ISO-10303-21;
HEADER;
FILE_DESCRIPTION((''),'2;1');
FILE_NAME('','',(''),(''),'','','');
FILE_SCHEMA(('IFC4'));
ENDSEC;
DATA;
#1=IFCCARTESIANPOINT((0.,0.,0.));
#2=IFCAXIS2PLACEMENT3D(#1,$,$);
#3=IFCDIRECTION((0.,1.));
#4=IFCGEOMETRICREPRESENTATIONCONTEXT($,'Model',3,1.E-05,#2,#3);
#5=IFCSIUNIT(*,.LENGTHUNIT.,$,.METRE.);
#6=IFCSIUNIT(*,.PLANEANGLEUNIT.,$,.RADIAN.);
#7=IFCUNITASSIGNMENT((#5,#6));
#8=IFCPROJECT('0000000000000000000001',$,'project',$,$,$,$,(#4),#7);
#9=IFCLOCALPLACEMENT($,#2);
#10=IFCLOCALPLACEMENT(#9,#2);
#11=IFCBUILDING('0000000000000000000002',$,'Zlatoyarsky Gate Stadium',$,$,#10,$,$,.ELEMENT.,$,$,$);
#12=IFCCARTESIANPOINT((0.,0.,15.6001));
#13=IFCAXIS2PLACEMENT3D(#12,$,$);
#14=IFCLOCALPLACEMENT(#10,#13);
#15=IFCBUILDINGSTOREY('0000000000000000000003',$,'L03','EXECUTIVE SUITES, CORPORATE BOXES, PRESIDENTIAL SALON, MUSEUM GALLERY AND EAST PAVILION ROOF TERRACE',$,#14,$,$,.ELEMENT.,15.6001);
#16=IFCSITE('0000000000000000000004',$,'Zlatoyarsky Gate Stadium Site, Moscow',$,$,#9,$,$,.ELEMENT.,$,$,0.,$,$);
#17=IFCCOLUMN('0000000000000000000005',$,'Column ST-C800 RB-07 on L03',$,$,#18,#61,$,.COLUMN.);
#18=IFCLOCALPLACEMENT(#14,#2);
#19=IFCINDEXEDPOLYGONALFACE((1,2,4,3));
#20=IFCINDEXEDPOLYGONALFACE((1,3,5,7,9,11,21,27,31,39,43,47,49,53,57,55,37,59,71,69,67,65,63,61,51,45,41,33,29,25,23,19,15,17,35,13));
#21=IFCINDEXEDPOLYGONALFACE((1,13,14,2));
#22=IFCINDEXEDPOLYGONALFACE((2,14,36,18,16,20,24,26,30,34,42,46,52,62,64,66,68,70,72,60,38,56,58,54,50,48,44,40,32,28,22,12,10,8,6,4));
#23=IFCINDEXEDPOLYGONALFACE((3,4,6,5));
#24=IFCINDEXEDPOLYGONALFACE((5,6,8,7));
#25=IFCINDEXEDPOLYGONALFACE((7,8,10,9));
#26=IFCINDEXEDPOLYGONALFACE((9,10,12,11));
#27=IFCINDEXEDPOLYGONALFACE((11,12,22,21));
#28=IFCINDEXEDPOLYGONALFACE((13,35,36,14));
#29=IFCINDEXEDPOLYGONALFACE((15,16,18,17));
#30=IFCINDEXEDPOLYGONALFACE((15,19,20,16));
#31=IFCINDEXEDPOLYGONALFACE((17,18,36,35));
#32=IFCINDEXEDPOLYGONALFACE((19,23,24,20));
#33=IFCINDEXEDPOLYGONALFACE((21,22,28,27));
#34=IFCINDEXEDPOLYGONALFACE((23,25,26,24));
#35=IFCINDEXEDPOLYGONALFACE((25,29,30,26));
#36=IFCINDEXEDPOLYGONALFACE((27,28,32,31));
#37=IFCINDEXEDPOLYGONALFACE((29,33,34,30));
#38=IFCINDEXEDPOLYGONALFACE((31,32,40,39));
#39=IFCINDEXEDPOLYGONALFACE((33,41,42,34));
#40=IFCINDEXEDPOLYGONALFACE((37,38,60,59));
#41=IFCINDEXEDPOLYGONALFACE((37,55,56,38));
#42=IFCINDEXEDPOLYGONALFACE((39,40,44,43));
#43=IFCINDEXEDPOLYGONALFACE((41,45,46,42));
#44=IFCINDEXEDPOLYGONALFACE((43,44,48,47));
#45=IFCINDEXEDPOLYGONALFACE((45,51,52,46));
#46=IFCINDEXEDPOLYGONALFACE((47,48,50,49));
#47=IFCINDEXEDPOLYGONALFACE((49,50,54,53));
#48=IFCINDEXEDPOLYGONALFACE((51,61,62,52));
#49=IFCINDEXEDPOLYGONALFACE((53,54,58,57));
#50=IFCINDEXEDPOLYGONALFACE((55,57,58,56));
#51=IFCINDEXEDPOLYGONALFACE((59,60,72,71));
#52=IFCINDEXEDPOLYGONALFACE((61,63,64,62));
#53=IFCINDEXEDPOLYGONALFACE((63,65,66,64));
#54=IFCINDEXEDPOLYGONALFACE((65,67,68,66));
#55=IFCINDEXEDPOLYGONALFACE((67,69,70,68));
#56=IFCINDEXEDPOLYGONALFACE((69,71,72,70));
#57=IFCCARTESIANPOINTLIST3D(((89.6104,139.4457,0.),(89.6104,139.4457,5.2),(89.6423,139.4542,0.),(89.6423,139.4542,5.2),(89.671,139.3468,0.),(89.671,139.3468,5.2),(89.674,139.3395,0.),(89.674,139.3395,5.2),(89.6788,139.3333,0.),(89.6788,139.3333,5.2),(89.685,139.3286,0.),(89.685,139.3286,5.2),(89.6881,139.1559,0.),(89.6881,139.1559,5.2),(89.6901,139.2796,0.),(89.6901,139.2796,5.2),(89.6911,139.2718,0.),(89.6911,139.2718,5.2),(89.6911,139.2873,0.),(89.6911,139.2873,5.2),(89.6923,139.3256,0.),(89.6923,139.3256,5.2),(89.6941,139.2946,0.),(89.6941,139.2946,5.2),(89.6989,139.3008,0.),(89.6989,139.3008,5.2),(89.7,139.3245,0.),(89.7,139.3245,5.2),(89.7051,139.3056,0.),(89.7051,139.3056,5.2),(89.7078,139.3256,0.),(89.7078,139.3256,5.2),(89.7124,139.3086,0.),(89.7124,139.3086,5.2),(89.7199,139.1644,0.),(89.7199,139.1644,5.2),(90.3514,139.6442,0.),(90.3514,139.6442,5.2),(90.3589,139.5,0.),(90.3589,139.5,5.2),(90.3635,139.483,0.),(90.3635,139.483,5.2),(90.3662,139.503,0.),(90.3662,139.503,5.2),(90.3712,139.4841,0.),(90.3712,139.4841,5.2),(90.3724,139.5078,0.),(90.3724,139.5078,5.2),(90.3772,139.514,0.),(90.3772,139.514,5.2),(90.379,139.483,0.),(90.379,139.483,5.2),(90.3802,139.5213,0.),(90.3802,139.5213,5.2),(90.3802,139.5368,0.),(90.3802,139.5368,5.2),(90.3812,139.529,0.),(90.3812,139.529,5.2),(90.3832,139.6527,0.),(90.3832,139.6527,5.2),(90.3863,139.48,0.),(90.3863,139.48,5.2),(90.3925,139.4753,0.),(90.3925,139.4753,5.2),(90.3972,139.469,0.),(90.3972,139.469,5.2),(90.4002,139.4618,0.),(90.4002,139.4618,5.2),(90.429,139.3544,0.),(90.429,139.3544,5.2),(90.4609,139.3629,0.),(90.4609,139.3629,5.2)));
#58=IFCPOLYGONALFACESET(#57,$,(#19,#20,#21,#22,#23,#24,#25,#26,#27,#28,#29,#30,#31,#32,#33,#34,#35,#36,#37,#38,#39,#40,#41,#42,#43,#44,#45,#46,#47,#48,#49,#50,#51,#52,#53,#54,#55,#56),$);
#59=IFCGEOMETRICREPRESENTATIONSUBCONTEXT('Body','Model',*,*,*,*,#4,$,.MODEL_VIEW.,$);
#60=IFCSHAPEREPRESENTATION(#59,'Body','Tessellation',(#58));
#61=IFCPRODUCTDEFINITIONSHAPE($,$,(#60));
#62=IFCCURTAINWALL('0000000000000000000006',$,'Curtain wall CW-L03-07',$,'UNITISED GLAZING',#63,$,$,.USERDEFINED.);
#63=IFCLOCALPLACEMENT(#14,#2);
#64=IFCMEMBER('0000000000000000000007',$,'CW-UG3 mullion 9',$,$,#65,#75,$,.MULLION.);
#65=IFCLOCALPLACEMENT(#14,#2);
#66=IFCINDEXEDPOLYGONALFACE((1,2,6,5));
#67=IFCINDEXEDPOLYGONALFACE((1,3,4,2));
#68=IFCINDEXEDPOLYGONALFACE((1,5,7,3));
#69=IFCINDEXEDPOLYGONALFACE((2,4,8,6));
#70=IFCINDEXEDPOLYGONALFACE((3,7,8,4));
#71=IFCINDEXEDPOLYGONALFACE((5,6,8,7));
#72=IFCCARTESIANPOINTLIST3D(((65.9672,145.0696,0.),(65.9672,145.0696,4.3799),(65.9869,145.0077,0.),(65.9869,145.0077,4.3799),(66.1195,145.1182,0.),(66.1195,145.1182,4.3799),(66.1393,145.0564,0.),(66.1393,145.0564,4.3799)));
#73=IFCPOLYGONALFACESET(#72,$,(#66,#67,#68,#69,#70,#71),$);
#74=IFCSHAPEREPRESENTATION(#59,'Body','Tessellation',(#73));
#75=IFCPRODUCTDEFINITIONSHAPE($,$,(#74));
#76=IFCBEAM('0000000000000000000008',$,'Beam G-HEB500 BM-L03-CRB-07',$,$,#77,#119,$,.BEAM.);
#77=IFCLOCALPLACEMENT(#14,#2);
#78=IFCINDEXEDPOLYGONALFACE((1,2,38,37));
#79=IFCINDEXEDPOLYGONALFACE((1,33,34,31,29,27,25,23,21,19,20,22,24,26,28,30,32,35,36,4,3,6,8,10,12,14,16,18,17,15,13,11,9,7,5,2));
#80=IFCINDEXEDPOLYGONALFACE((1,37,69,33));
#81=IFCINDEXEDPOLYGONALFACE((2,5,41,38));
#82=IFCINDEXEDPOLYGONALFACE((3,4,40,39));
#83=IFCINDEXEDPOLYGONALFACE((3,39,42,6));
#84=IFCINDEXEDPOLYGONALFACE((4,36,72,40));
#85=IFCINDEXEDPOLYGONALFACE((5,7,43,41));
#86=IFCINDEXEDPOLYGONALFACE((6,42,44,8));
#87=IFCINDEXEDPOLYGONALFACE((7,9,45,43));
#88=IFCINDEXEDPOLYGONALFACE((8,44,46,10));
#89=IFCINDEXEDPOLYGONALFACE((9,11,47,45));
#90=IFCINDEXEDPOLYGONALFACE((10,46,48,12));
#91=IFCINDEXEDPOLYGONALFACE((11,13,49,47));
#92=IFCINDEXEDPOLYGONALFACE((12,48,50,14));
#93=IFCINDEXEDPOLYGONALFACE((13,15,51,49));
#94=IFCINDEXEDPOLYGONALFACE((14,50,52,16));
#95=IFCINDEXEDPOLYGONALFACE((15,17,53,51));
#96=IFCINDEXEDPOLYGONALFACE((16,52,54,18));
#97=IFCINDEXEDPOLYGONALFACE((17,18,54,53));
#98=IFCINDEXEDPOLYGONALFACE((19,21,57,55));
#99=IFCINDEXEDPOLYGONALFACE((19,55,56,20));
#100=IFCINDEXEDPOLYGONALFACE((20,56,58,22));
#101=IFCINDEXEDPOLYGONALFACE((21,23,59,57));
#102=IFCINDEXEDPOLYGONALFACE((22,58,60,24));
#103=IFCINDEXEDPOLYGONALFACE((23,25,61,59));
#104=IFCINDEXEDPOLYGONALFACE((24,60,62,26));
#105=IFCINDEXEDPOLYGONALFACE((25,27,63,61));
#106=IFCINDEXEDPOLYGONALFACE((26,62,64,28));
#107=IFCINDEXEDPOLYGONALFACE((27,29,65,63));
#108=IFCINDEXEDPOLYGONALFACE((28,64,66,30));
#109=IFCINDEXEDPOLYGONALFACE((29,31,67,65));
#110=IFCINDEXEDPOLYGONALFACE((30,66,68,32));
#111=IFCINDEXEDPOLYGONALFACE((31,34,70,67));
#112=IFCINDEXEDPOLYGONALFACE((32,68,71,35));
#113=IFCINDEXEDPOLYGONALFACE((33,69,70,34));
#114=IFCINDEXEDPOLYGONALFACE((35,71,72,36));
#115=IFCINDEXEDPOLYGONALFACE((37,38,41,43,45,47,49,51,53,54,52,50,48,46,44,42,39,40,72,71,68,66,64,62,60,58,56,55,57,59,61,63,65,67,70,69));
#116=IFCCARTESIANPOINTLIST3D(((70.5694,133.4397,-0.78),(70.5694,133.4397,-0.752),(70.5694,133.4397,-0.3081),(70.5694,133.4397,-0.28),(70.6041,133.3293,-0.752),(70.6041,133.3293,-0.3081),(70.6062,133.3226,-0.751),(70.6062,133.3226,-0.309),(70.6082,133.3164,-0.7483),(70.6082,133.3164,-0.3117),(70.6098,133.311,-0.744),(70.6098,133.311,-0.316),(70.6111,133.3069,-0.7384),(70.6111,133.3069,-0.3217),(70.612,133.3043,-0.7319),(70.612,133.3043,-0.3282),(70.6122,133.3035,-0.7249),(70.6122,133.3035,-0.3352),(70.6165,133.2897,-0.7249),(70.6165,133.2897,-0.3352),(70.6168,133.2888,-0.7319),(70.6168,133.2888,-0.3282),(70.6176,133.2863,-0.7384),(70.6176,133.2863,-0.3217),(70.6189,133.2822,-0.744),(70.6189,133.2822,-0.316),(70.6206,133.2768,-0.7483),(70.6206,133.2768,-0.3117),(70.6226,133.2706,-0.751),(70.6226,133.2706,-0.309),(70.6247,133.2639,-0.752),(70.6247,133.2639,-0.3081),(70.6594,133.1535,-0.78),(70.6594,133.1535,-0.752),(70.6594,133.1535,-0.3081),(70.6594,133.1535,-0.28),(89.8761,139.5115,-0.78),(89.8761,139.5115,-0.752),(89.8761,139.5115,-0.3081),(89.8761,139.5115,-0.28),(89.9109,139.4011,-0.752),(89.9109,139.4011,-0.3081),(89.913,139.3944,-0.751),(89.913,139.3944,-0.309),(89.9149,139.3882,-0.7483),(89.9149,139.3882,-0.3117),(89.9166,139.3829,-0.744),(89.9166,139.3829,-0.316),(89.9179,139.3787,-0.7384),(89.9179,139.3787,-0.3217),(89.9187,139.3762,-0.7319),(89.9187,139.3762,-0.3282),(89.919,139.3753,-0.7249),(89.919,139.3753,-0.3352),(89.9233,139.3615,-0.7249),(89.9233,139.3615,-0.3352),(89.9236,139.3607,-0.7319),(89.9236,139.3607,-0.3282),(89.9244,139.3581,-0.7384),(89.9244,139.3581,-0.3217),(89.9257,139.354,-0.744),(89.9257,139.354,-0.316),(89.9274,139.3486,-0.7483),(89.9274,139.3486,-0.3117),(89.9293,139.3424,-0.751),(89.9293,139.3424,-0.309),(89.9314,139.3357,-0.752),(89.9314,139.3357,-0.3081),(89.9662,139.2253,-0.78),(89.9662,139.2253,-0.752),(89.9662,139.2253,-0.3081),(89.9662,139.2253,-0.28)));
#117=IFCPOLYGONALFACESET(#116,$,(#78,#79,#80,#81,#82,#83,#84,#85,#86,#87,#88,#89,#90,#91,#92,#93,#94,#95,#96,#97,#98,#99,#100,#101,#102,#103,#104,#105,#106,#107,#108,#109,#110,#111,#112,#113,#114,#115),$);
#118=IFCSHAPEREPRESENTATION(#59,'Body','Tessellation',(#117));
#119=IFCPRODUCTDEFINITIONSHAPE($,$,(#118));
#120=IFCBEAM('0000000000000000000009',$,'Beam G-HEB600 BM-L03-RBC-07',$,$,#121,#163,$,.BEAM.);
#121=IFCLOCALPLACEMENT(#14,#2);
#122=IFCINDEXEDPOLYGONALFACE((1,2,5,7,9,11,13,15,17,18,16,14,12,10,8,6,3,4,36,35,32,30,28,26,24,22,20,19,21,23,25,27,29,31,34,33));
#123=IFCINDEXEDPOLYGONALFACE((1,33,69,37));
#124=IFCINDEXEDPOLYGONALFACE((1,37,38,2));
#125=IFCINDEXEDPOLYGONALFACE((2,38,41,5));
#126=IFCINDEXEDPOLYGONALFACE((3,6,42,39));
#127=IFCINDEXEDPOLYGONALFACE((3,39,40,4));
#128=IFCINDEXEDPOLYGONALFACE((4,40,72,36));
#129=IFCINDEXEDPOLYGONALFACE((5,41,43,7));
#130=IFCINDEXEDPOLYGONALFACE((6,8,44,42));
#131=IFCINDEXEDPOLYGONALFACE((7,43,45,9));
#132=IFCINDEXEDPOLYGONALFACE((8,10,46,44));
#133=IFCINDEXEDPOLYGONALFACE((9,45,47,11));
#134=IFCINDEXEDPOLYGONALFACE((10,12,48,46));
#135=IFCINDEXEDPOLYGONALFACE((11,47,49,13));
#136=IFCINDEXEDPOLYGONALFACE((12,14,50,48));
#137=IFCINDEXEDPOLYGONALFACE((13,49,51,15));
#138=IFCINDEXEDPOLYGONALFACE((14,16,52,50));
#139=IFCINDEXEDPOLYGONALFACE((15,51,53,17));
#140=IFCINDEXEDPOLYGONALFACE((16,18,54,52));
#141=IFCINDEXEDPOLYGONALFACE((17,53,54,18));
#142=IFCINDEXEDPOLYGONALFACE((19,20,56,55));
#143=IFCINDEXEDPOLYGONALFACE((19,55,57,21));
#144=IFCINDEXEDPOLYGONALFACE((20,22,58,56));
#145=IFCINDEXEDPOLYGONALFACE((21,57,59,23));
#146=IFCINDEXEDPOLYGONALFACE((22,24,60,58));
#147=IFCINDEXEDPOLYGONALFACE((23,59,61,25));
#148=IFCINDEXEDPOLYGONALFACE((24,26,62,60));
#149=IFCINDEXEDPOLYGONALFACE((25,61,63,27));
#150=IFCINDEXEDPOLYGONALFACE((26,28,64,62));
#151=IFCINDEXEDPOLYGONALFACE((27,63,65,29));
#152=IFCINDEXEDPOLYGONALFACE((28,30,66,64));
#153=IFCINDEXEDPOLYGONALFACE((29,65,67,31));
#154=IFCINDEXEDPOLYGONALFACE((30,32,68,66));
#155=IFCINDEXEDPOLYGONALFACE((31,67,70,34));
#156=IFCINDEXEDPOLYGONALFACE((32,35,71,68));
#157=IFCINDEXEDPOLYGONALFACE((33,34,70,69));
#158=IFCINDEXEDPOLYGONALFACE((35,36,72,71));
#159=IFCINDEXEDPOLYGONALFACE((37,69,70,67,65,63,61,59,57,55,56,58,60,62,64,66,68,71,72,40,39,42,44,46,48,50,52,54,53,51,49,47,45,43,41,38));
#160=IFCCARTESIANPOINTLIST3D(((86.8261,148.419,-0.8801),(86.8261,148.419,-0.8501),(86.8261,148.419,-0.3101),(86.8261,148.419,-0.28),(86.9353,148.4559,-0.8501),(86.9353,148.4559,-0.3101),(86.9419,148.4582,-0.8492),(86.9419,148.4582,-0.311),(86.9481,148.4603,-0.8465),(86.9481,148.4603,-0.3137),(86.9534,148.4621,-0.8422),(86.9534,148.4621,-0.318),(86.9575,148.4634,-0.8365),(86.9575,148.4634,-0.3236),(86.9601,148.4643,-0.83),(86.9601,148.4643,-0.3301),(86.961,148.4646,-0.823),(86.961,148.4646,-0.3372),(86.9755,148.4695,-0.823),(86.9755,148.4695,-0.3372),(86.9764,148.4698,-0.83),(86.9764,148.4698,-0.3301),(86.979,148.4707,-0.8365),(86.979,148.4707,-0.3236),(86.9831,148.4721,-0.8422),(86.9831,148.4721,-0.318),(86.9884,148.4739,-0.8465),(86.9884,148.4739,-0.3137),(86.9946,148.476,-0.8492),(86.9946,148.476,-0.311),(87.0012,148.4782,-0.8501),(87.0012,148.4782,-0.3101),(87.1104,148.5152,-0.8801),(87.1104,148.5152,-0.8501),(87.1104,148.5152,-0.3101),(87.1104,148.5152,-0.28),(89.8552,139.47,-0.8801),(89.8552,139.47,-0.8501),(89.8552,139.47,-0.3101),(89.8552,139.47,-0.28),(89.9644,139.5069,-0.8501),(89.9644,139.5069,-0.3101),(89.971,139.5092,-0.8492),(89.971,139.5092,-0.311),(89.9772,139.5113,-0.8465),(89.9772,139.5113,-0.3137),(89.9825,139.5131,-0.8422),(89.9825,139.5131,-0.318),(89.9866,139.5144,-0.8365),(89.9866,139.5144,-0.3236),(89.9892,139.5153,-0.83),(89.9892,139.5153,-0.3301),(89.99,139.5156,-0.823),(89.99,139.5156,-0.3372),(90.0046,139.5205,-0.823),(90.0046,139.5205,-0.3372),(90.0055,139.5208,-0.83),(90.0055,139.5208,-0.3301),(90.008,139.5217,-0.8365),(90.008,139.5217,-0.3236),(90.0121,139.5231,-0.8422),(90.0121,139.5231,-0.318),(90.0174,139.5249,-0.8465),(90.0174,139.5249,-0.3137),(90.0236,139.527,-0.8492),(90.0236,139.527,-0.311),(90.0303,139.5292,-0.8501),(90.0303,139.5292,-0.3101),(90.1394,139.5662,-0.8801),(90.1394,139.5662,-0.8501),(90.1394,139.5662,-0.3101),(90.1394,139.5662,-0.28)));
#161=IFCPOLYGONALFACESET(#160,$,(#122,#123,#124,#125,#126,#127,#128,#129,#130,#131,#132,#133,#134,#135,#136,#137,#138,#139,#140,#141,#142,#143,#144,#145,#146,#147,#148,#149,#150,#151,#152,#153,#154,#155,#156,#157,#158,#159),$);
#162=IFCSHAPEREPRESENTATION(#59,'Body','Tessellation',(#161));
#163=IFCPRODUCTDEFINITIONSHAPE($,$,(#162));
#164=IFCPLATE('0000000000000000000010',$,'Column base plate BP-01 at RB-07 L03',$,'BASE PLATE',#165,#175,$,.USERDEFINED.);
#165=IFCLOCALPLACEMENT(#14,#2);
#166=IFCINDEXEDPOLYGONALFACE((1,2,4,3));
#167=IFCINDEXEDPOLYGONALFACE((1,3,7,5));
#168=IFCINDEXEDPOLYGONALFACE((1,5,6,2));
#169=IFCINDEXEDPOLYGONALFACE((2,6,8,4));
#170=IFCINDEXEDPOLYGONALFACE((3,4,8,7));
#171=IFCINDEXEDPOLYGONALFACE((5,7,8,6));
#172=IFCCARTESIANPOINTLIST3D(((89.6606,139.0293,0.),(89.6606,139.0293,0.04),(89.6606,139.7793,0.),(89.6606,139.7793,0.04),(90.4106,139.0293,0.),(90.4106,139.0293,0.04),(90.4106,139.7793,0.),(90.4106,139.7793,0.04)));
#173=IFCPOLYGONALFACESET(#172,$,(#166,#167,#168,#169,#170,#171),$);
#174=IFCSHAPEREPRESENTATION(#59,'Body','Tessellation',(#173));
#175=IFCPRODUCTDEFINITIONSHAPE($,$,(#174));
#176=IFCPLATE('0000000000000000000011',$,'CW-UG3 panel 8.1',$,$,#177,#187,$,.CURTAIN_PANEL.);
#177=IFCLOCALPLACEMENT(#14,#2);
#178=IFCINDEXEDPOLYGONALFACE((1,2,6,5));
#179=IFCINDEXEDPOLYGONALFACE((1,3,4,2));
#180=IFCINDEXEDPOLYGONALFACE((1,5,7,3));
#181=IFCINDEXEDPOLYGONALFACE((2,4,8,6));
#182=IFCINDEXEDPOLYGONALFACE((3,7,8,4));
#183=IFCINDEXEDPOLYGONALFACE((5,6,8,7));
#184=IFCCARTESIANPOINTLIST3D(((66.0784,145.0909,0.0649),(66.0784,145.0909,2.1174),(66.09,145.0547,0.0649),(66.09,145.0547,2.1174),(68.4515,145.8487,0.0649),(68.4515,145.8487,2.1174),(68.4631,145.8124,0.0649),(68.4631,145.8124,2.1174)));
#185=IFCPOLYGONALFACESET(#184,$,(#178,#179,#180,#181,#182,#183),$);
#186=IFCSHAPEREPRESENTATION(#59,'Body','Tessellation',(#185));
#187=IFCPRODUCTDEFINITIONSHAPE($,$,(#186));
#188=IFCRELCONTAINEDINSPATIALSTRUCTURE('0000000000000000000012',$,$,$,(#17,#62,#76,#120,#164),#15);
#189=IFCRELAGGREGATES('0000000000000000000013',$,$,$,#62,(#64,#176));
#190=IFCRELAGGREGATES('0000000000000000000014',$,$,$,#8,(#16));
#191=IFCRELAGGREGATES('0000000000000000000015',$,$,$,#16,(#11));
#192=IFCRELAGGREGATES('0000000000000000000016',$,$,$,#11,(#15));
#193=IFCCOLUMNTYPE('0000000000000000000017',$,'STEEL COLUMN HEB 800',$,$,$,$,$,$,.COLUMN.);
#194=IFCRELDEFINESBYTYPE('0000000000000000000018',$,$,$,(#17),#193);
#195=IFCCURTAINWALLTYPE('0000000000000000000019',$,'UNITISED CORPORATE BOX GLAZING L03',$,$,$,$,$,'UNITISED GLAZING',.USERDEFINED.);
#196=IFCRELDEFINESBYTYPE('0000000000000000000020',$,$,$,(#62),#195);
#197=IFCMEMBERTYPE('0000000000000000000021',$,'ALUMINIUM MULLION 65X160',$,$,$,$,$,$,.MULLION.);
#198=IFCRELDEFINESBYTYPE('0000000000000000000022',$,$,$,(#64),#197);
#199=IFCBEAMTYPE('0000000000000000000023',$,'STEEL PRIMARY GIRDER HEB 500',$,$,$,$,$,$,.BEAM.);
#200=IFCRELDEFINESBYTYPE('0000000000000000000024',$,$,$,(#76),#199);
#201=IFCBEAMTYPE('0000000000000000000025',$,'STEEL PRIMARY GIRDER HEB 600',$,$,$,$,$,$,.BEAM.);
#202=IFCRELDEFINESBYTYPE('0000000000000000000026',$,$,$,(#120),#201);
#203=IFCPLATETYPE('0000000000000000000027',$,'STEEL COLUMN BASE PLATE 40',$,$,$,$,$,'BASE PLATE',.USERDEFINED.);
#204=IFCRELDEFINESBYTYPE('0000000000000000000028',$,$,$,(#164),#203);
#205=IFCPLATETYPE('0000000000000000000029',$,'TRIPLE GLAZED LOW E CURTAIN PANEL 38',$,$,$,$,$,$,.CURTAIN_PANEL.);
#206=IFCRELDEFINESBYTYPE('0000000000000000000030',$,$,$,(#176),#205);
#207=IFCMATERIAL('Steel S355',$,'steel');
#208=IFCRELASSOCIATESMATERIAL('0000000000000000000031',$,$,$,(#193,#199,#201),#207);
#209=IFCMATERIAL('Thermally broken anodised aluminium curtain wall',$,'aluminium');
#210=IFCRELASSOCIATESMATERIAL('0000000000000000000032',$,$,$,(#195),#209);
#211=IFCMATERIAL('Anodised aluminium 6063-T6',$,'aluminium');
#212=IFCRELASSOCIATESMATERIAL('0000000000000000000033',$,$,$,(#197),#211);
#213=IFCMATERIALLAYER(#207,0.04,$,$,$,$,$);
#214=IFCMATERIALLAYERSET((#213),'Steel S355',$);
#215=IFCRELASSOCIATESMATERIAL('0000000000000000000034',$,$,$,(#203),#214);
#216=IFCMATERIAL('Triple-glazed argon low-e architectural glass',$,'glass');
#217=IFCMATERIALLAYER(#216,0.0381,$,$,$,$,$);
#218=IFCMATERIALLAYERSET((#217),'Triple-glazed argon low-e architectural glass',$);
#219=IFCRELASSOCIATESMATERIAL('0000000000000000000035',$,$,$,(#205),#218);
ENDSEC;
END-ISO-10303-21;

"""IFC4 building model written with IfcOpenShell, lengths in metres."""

from ifc_helpers import new_model, si_unit, direction, frame, origin, origin_2d, place, context, subcontext, project, spatial, rectangle, i_section, extrude, material, layer, layer_set, material_profile, profile_set, type_object, element, aggregate, save


model = new_model("IFC4")

# Units and contexts
model_context = context("Model", 3, precision=1e-05, world=origin(), true_north=direction((0.0, 1.0)))
body_context = subcontext(model_context, "Body", "Model", "MODEL_VIEW")
ifc_project = project(units=[si_unit("LENGTHUNIT", "METRE"), si_unit("PLANEANGLEUNIT", "RADIAN")], contexts=[model_context])

# Site, building, storey
site_placement = place(None, origin())
site = spatial("IfcSite", under=ifc_project, at=site_placement, Name="Zlatoyarsky Gate Stadium Site, Moscow", CompositionType="ELEMENT", RefElevation=0.0)
building_placement = place(site_placement, origin())
building = spatial("IfcBuilding", under=site, at=building_placement, Name="Zlatoyarsky Gate Stadium", CompositionType="ELEMENT")
storey_placement = place(building_placement, frame((0.0, 0.0, 15.6001)))
storey = spatial("IfcBuildingStorey", under=building, at=storey_placement, Name="L03", Description="EXECUTIVE SUITES, CORPORATE BOXES, PRESIDENTIAL SALON, MUSEUM GALLERY AND EAST PAVILION ROOF TERRACE", CompositionType="ELEMENT", Elevation=15.6001)

# Column
ifc_material_1 = material(Name="Steel S355", Category="steel")
ifc_material_profile_1 = material_profile(ifc_material_1, i_section(OverallWidth=0.3, OverallDepth=0.8, WebThickness=0.0176, FlangeThickness=0.033, FilletRadius=0.03, at=origin_2d()), Name="HEB 800")
ifc_profile_set_1 = profile_set([ifc_material_profile_1], Name="Steel S355")
column_type = type_object("IfcColumnType", Name="STEEL COLUMN HEB 800", PredefinedType="COLUMN", material=ifc_profile_set_1)
column_placement = place(storey_placement, frame((90.0356, 139.4043, 0.0), z_axis=(0.0, 0.0, 1.0), x_axis=(-0.258819, 0.965926, 0.0)))
element("IfcColumn", 1, at=column_placement, inside=storey, type_object=column_type, Name="Column ST-C800 RB-07 on L03", PredefinedType="COLUMN", context=body_context, shape_type="SweptSolid", body=[
    extrude(i_section(OverallWidth=0.3, OverallDepth=0.8, WebThickness=0.0176, FlangeThickness=0.033, FilletRadius=0.03, at=origin_2d()), origin(), (0.0, 0.0, 1.0), 5.2),
])

# Curtain wall, member
ifc_material_2 = material(Name="Thermally broken anodised aluminium curtain wall", Category="aluminium")
curtain_wall_type = type_object("IfcCurtainWallType", Name="UNITISED CORPORATE BOX GLAZING L03", ElementType="UNITISED GLAZING", PredefinedType="USERDEFINED", material=ifc_material_2)
curtain_wall_placement = place(storey_placement, origin())
curtain_wall = element("IfcCurtainWall", 2, at=curtain_wall_placement, inside=storey, type_object=curtain_wall_type, Name="Curtain wall CW-L03-07", ObjectType="UNITISED GLAZING", PredefinedType="USERDEFINED")
ifc_material_3 = material(Name="Anodised aluminium 6063-T6", Category="aluminium")
ifc_material_profile_2 = material_profile(ifc_material_3, rectangle(XDim=0.0649, YDim=0.1599, at=origin_2d()), Name="ALU 65X160")
ifc_profile_set_2 = profile_set([ifc_material_profile_2], Name="Anodised aluminium 6063-T6")
member_type = type_object("IfcMemberType", Name="ALUMINIUM MULLION 65X160", PredefinedType="MULLION", material=ifc_profile_set_2)
member_placement = place(storey_placement, frame((66.0532, 145.063, 0.0), z_axis=(0.0, 0.0, 1.0), x_axis=(0.304162, -0.95262, 0.0)))
member = element("IfcMember", 3, at=member_placement, type_object=member_type, Name="CW-UG3 mullion 9", PredefinedType="MULLION", context=body_context, shape_type="SweptSolid", body=[
    extrude(rectangle(XDim=0.0649, YDim=0.1599, at=origin_2d()), origin(), (0.0, 0.0, 1.0), 4.3799),
])

# Beams
ifc_material_profile_3 = material_profile(ifc_material_1, i_section(OverallWidth=0.3, OverallDepth=0.5, WebThickness=0.0144, FlangeThickness=0.0281, FilletRadius=0.0271, at=origin_2d()), Name="HEB 500")
ifc_profile_set_3 = profile_set([ifc_material_profile_3], Name="Steel S355")
beam_type_1 = type_object("IfcBeamType", Name="STEEL PRIMARY GIRDER HEB 500", PredefinedType="BEAM", material=ifc_profile_set_3)
beam_1_placement = place(storey_placement, frame((89.9211, 139.3684, -0.53), z_axis=(-0.953938, -0.300005, 0.0), x_axis=(0.300005, -0.953938, 0.0)))
element("IfcBeam", 4, at=beam_1_placement, inside=storey, type_object=beam_type_1, Name="Beam G-HEB500 BM-L03-CRB-07", PredefinedType="BEAM", context=body_context, shape_type="SweptSolid", body=[
    extrude(i_section(OverallWidth=0.3, OverallDepth=0.5, WebThickness=0.0144, FlangeThickness=0.0281, FilletRadius=0.0271, at=origin_2d()), origin(), (0.0, 0.0, 1.0), 20.239),
])
ifc_material_profile_4 = material_profile(ifc_material_1, i_section(OverallWidth=0.3, OverallDepth=0.6001, WebThickness=0.0154, FlangeThickness=0.03, FilletRadius=0.0271, at=origin_2d()), Name="HEB 600")
ifc_profile_set_4 = profile_set([ifc_material_profile_4], Name="Steel S355")
beam_type_2 = type_object("IfcBeamType", Name="STEEL PRIMARY GIRDER HEB 600", PredefinedType="BEAM", material=ifc_profile_set_4)
beam_2_placement = place(storey_placement, frame((89.9973, 139.5181, -0.5801), z_axis=(-0.320612, 0.947211, 0.0), x_axis=(-0.947211, -0.320612, 0.0)))
element("IfcBeam", 5, at=beam_2_placement, inside=storey, type_object=beam_type_2, Name="Beam G-HEB600 BM-L03-RBC-07", PredefinedType="BEAM", context=body_context, shape_type="SweptSolid", body=[
    extrude(i_section(OverallWidth=0.3, OverallDepth=0.6001, WebThickness=0.0154, FlangeThickness=0.03, FilletRadius=0.0271, at=origin_2d()), origin(), (0.0, 0.0, 1.0), 9.4478),
])

# Plates
ifc_layer_1 = layer(ifc_material_1, 0.04)
ifc_layer_set_1 = layer_set([ifc_layer_1], Name="Steel S355")
plate_type_1 = type_object("IfcPlateType", Name="STEEL COLUMN BASE PLATE 40", ElementType="BASE PLATE", PredefinedType="USERDEFINED", material=ifc_layer_set_1)
plate_1_placement = place(storey_placement, frame((90.0356, 139.4043, 0.0), z_axis=(0.0, 0.0, 1.0), x_axis=(1.0, 0.0, 0.0)))
element("IfcPlate", 6, at=plate_1_placement, inside=storey, type_object=plate_type_1, Name="Column base plate BP-01 at RB-07 L03", ObjectType="BASE PLATE", PredefinedType="USERDEFINED", context=body_context, shape_type="SweptSolid", body=[
    extrude(rectangle(XDim=0.75, YDim=0.75, at=origin_2d()), origin(), (0.0, 0.0, 1.0), 0.04),
])
ifc_material_4 = material(Name="Triple-glazed argon low-e architectural glass", Category="glass")
ifc_layer_2 = layer(ifc_material_4, 0.0381)
ifc_layer_set_2 = layer_set([ifc_layer_2], Name="Triple-glazed argon low-e architectural glass")
plate_type_2 = type_object("IfcPlateType", Name="TRIPLE GLAZED LOW E CURTAIN PANEL 38", PredefinedType="CURTAIN_PANEL", material=ifc_layer_set_2)
plate_2_placement = place(storey_placement, frame((67.2708, 145.4517, 0.0649), z_axis=(0.0, 0.0, 1.0), x_axis=(-0.95262, -0.304162, 0.0)))
plate_2 = element("IfcPlate", 7, at=plate_2_placement, type_object=plate_type_2, Name="CW-UG3 panel 8.1", PredefinedType="CURTAIN_PANEL", context=body_context, shape_type="SweptSolid", body=[
    extrude(rectangle(XDim=2.4912, YDim=0.0381, at=origin_2d()), origin(), (0.0, 0.0, 1.0), 2.0525),
])
aggregate(curtain_wall, [member, plate_2])

save(model, "model.ifc")
